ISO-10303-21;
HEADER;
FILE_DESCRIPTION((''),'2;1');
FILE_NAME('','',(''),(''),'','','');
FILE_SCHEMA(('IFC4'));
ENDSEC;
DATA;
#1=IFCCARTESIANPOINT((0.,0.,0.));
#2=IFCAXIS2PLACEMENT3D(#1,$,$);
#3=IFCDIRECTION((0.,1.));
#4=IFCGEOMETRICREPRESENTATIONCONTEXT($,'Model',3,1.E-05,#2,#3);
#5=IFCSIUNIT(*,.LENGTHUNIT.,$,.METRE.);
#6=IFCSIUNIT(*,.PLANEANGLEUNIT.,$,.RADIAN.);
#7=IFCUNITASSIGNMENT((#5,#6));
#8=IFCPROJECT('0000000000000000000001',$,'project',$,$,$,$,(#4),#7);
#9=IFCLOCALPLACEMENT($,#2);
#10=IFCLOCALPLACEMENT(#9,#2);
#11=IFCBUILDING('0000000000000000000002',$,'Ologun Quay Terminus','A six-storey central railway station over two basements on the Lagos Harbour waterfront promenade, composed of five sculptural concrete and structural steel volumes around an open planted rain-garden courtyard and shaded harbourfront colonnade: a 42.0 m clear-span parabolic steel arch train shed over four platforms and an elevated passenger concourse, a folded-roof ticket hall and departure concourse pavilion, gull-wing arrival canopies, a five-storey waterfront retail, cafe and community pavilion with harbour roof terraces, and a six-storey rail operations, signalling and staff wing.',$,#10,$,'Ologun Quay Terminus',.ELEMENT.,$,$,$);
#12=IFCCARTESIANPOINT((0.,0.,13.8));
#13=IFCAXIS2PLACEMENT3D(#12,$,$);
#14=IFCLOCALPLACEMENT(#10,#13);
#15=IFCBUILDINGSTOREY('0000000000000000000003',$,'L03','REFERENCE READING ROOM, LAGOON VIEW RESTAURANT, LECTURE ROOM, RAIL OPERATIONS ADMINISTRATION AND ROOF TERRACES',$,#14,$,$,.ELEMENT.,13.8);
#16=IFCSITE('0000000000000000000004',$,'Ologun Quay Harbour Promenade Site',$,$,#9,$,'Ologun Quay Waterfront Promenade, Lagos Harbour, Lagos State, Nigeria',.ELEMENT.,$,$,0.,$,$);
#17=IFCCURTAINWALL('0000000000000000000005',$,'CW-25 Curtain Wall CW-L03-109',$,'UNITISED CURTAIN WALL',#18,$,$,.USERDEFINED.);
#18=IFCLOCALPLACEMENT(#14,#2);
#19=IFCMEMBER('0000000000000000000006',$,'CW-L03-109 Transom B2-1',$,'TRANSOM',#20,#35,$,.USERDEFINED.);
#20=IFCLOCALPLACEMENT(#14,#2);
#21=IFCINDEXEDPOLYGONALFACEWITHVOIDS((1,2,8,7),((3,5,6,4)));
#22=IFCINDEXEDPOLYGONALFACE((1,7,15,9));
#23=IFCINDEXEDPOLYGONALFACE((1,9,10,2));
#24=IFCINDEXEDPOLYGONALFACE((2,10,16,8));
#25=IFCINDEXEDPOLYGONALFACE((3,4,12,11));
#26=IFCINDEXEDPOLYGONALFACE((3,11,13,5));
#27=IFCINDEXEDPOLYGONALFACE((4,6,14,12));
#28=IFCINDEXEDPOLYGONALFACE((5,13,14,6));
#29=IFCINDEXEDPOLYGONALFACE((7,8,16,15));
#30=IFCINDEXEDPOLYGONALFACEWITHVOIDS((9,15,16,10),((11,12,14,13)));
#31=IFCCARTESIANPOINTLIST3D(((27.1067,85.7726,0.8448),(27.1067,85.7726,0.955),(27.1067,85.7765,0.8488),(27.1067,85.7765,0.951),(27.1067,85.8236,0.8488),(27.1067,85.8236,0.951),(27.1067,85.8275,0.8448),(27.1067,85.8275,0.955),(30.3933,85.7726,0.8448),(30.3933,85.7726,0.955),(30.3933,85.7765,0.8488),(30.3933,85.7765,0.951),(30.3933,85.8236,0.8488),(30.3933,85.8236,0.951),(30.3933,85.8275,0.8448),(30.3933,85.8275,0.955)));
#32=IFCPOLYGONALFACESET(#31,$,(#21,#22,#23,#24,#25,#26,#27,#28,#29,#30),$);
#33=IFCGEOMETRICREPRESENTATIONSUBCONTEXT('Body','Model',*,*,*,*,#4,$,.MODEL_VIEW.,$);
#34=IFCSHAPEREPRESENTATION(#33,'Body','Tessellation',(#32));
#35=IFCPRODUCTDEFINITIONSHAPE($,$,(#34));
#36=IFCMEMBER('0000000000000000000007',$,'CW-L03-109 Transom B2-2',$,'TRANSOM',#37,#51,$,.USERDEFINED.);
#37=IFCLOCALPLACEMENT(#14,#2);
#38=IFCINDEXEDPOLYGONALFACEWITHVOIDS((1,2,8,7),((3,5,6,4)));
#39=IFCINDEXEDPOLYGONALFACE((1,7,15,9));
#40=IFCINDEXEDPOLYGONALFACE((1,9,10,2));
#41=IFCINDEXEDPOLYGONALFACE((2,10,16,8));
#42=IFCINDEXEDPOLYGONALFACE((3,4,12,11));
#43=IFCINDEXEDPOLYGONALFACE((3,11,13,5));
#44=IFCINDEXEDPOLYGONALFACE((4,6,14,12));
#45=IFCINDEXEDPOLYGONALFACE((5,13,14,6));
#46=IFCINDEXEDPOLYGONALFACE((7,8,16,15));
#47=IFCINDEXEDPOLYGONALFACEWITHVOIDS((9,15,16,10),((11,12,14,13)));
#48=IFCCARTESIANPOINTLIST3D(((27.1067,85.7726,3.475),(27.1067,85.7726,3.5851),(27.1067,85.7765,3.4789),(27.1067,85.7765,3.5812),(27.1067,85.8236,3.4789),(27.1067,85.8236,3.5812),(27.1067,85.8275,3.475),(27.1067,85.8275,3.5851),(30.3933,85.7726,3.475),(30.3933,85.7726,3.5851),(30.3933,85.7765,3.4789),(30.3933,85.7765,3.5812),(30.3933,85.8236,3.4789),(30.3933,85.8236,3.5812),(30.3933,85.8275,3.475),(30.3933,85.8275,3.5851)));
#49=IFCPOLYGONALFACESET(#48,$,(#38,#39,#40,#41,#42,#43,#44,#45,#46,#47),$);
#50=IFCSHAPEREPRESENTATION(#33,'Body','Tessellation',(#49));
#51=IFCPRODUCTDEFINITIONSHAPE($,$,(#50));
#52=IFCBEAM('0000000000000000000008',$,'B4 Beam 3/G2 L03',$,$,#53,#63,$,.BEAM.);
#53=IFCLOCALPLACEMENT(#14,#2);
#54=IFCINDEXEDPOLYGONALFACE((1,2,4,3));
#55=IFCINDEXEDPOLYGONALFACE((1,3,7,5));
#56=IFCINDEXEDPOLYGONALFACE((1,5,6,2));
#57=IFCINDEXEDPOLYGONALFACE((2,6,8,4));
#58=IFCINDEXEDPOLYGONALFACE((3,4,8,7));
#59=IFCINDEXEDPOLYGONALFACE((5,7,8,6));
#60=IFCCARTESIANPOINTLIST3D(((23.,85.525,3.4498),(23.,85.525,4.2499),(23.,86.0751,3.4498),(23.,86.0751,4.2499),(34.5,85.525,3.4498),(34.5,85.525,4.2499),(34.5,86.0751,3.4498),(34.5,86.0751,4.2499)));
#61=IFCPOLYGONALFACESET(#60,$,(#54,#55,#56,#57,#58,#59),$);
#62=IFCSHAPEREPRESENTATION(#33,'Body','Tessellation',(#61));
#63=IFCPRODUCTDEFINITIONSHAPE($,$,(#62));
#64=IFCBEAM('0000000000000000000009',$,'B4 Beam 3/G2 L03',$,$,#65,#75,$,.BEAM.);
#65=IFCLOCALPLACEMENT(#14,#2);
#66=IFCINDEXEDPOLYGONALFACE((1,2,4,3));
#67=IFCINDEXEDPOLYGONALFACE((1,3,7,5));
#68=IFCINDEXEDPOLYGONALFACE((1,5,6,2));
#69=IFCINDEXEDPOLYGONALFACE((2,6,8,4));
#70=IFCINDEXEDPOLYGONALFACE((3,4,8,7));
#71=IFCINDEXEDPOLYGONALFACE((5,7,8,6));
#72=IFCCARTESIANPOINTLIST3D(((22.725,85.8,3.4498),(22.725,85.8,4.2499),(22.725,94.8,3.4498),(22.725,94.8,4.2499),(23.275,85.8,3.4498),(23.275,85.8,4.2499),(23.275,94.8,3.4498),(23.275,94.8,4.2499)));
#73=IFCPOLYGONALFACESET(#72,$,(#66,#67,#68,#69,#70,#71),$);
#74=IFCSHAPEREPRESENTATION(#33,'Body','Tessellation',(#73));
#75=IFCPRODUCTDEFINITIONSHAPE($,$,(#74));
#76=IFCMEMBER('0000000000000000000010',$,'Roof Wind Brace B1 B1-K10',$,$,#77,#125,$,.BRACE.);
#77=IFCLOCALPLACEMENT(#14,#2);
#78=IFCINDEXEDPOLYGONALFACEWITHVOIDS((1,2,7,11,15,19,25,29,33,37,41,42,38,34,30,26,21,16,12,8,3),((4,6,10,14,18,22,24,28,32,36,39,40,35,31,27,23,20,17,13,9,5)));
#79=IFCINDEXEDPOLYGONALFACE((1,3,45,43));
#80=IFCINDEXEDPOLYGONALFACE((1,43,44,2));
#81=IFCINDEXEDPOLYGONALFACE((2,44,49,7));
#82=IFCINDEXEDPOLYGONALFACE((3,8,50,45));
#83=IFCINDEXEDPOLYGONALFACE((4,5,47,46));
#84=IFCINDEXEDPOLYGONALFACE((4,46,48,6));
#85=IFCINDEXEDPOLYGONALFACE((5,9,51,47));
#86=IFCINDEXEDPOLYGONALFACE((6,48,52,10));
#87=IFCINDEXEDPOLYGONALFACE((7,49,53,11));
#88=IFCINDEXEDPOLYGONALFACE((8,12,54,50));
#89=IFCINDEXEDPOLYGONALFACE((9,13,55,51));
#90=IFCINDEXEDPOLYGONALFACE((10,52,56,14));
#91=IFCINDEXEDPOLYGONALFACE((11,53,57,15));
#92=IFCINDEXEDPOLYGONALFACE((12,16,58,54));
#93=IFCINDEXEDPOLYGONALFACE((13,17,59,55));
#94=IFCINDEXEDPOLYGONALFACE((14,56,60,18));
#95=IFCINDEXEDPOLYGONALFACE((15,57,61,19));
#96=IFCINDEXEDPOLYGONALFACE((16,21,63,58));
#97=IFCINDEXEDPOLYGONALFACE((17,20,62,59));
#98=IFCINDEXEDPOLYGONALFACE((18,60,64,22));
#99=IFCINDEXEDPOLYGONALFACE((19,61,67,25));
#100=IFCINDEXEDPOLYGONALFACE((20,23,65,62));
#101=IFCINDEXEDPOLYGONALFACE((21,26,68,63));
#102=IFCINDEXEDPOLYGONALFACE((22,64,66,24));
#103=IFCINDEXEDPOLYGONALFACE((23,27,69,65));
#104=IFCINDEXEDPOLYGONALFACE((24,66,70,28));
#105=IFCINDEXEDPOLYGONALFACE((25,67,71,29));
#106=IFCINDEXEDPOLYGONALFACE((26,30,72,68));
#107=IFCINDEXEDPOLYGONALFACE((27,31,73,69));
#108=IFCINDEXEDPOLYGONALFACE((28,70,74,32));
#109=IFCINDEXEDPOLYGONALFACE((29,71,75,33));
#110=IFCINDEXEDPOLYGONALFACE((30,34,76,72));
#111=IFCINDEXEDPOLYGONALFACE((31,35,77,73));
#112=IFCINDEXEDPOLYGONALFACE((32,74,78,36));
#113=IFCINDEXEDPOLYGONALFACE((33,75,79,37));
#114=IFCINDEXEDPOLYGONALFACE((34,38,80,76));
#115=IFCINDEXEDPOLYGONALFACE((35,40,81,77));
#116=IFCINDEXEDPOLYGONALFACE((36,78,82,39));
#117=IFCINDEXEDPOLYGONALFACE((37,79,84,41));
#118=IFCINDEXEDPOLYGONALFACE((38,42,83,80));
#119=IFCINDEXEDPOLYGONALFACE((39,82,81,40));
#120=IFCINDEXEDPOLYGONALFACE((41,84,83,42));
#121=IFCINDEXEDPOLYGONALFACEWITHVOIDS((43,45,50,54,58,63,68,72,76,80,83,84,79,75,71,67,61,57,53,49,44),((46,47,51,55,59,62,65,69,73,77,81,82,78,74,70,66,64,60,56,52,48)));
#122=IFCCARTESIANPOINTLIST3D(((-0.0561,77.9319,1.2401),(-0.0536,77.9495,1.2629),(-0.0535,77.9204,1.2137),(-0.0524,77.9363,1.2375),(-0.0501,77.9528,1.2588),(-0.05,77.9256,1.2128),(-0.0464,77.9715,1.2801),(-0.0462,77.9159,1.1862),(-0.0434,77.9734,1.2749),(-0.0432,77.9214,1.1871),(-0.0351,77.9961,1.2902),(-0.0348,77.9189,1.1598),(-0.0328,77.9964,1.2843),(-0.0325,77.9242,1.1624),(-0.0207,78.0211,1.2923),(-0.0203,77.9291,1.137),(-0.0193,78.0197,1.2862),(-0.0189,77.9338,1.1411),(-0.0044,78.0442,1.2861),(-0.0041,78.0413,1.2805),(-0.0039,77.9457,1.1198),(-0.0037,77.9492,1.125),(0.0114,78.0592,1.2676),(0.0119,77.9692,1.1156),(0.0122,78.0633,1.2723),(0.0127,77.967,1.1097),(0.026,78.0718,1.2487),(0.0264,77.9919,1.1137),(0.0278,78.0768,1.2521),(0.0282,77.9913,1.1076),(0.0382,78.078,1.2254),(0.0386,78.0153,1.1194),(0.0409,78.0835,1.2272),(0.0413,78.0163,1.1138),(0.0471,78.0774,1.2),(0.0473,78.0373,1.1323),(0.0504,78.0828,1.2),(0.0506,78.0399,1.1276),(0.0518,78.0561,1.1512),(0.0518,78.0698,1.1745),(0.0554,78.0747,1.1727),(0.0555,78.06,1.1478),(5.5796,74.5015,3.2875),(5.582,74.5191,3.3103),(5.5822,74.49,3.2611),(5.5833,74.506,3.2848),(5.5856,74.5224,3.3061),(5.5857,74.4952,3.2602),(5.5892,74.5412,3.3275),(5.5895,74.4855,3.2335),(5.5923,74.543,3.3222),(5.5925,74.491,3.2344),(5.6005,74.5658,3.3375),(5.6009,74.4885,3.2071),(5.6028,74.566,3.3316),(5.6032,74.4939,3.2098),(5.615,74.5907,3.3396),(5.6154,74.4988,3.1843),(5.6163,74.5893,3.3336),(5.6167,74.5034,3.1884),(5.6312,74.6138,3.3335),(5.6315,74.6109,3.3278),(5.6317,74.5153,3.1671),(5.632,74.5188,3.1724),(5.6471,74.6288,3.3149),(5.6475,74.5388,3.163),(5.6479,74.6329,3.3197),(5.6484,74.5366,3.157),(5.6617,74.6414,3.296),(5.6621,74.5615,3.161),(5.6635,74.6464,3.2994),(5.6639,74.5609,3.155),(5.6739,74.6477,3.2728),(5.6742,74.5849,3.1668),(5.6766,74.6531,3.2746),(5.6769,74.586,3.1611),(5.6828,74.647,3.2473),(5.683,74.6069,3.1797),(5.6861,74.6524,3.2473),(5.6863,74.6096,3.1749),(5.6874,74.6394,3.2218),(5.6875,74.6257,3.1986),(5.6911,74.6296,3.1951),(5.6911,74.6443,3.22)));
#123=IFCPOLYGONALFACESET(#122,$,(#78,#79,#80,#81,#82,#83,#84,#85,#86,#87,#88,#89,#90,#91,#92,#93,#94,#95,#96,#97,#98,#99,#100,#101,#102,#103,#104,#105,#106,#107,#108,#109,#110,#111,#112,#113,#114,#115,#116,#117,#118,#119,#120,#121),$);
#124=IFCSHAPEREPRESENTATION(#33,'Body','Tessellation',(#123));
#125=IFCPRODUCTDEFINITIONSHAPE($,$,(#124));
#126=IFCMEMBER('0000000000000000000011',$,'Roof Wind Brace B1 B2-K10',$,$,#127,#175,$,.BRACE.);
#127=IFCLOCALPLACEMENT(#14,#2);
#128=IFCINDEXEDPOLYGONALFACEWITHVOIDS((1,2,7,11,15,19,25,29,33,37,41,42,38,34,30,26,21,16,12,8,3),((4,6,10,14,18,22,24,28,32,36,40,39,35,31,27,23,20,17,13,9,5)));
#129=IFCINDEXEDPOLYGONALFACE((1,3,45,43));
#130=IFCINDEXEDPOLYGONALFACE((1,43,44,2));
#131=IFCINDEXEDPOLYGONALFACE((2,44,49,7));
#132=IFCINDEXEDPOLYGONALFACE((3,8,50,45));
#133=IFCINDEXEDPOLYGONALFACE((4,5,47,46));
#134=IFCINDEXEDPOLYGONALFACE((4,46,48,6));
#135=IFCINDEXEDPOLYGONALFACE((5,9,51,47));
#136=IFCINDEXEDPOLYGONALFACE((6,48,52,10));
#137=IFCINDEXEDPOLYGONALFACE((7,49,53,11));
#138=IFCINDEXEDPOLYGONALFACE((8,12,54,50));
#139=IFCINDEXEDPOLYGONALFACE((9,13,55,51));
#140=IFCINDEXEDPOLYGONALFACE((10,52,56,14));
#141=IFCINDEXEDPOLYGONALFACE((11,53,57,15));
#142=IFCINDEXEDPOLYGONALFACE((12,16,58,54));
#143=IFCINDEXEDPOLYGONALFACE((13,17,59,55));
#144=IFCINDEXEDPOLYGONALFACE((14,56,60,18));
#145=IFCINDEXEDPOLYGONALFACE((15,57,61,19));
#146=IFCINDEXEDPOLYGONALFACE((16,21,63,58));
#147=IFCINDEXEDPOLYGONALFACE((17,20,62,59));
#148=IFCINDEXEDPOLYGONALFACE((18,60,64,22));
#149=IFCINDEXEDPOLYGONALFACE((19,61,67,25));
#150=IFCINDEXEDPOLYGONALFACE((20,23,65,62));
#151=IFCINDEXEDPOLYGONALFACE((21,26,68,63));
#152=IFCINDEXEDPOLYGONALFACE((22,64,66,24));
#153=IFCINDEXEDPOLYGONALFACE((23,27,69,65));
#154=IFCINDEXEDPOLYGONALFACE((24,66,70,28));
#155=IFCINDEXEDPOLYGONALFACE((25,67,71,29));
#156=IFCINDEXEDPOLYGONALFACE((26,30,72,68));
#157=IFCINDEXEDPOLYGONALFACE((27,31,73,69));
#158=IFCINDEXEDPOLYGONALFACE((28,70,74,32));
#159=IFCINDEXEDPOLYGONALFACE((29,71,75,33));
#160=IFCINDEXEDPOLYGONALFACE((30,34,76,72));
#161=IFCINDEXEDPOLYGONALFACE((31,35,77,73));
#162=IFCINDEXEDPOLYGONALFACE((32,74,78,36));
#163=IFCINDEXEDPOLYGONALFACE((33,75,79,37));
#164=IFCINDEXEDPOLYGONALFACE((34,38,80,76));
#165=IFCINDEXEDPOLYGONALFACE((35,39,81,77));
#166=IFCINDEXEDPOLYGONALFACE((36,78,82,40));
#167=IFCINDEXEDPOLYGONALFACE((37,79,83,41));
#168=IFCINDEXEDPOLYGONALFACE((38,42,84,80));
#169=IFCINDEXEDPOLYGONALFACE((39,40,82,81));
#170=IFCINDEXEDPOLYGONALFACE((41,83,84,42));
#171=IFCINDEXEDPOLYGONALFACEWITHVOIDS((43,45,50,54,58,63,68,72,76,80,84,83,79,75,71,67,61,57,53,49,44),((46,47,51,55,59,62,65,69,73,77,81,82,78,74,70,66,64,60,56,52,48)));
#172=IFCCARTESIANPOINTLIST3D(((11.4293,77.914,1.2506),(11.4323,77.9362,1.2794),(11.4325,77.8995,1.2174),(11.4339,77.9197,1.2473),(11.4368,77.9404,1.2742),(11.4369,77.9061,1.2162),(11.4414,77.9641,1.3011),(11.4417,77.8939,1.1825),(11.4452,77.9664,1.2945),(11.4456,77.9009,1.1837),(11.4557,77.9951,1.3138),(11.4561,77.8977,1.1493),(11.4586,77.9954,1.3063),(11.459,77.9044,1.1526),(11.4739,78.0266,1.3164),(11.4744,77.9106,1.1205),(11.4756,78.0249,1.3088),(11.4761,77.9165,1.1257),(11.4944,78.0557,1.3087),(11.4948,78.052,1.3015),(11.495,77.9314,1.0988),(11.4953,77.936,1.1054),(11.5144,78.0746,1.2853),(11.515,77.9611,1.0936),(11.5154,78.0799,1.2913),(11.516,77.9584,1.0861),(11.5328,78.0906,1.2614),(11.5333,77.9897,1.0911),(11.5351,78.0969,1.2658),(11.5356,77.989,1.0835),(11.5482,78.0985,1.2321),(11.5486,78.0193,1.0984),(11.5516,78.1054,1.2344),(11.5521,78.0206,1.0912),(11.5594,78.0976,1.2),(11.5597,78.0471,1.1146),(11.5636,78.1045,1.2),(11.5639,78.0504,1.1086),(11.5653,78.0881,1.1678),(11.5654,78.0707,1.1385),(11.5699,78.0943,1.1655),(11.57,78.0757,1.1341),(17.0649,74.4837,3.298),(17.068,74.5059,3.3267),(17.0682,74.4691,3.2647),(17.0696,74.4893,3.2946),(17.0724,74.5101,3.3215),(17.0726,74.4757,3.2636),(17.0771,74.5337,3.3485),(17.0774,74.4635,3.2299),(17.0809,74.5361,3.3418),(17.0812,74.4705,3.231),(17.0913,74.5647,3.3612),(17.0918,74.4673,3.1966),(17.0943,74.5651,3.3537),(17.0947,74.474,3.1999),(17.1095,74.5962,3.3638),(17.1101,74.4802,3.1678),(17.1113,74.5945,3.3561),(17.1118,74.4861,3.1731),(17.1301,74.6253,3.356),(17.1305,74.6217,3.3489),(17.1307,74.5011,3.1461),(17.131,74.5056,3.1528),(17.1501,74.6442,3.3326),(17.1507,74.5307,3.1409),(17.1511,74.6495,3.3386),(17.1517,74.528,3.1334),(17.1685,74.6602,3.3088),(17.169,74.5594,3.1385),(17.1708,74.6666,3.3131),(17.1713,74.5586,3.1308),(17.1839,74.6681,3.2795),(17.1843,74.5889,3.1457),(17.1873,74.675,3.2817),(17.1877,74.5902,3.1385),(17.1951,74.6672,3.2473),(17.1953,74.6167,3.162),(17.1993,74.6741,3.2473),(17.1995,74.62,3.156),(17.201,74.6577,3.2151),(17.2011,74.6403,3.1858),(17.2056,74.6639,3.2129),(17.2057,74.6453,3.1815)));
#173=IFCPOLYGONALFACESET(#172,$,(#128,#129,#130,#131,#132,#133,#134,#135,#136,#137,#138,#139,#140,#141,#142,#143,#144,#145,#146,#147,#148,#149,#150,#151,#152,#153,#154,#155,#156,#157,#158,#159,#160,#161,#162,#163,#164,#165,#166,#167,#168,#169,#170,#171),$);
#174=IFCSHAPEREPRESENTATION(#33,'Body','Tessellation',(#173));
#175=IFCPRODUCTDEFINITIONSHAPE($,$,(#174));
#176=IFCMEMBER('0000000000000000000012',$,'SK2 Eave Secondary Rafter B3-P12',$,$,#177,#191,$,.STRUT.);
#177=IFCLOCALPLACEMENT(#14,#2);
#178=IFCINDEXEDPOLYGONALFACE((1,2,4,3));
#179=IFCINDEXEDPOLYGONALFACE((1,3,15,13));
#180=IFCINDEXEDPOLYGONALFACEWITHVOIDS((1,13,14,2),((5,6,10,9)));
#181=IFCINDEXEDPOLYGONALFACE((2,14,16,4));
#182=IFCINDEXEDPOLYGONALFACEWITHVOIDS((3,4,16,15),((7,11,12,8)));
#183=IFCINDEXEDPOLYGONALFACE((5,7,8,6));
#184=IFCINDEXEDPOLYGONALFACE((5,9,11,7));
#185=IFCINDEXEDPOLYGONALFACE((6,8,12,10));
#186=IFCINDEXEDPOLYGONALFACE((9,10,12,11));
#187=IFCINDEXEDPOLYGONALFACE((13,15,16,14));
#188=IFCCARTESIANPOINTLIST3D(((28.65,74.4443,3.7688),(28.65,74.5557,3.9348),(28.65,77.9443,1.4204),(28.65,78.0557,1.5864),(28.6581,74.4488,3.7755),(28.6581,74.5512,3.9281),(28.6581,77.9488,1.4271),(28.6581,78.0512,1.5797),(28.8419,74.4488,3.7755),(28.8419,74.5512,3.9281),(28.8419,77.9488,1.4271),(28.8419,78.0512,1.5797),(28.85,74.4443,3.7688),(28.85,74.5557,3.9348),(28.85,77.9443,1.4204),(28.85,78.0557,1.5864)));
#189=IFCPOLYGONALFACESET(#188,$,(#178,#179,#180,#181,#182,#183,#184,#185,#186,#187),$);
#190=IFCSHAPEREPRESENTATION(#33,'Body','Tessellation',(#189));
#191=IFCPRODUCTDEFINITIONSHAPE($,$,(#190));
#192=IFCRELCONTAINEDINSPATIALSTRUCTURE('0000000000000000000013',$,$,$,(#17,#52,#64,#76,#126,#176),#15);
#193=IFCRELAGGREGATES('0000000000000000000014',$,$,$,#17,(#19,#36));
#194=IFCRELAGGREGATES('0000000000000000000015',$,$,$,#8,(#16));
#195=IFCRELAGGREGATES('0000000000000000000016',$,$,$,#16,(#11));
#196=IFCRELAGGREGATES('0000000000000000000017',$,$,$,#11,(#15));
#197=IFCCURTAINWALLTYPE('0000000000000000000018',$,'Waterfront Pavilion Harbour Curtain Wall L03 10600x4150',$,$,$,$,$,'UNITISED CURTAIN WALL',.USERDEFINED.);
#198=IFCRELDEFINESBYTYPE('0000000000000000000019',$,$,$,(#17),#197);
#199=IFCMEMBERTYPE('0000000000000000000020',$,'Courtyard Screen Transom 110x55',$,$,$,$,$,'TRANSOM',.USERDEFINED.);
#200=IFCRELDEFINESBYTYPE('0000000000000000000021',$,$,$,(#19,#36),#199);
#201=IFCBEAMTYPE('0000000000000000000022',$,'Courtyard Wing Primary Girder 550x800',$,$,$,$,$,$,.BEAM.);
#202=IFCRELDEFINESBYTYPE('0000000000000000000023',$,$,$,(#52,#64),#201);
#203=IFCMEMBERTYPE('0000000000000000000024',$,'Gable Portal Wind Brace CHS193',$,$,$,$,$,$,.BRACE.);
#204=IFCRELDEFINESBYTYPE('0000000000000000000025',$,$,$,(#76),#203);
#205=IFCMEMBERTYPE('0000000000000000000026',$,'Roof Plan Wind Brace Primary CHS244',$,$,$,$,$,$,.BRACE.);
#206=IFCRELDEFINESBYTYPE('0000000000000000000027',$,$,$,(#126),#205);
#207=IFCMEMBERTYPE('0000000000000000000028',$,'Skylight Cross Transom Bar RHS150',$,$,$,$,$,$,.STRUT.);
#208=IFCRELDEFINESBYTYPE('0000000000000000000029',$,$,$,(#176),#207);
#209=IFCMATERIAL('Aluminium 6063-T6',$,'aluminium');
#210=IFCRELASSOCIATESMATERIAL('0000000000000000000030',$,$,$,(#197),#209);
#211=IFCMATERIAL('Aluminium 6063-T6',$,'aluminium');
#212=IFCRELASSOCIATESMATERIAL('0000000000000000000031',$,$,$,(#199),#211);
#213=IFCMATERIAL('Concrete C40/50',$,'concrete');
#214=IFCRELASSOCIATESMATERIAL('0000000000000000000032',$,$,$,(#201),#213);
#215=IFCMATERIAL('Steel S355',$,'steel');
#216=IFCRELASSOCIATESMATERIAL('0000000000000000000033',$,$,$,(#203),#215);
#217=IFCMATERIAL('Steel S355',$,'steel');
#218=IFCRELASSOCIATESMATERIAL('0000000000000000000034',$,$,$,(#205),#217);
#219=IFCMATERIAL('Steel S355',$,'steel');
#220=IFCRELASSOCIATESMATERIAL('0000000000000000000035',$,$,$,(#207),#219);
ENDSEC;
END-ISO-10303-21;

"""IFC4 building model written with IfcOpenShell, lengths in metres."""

from ifc_helpers import new_model, si_unit, direction, frame, origin, origin_2d, place, context, subcontext, project, spatial, rectangle, hollow_rectangle, hollow_circle, extrude, material, material_profile, profile_set, type_object, element, aggregate, save


model = new_model("IFC4")

# Units and contexts
model_context = context("Model", 3, precision=1e-05, world=origin(), true_north=direction((0.0, 1.0)))
body_context = subcontext(model_context, "Body", "Model", "MODEL_VIEW")
ifc_project = project(units=[si_unit("LENGTHUNIT", "METRE"), si_unit("PLANEANGLEUNIT", "RADIAN")], contexts=[model_context])

# Site, building, storey
site_placement = place(None, origin())
site = spatial("IfcSite", under=ifc_project, at=site_placement, Name="Ologun Quay Harbour Promenade Site", LongName="Ologun Quay Waterfront Promenade, Lagos Harbour, Lagos State, Nigeria", CompositionType="ELEMENT", RefElevation=0.0)
building_placement = place(site_placement, origin())
building = spatial("IfcBuilding", under=site, at=building_placement, Name="Ologun Quay Terminus", Description="A six-storey central railway station over two basements on the Lagos Harbour waterfront promenade, composed of five sculptural concrete and structural steel volumes around an open planted rain-garden courtyard and shaded harbourfront colonnade: a 42.0 m clear-span parabolic steel arch train shed over four platforms and an elevated passenger concourse, a folded-roof ticket hall and departure concourse pavilion, gull-wing arrival canopies, a five-storey waterfront retail, cafe and community pavilion with harbour roof terraces, and a six-storey rail operations, signalling and staff wing.", LongName="Ologun Quay Terminus", CompositionType="ELEMENT")
storey_placement = place(building_placement, frame((0.0, 0.0, 13.8)))
storey = spatial("IfcBuildingStorey", under=building, at=storey_placement, Name="L03", Description="REFERENCE READING ROOM, LAGOON VIEW RESTAURANT, LECTURE ROOM, RAIL OPERATIONS ADMINISTRATION AND ROOF TERRACES", CompositionType="ELEMENT", Elevation=13.8)

# Curtain wall, members
ifc_material_1 = material(Name="Aluminium 6063-T6", Category="aluminium")
curtain_wall_type = type_object("IfcCurtainWallType", Name="Waterfront Pavilion Harbour Curtain Wall L03 10600x4150", ElementType="UNITISED CURTAIN WALL", PredefinedType="USERDEFINED", material=ifc_material_1)
curtain_wall_placement = place(storey_placement, origin())
curtain_wall = element("IfcCurtainWall", 1, at=curtain_wall_placement, inside=storey, type_object=curtain_wall_type, Name="CW-25 Curtain Wall CW-L03-109", ObjectType="UNITISED CURTAIN WALL", PredefinedType="USERDEFINED")
ifc_material_2 = material(Name="Aluminium 6063-T6", Category="aluminium")
ifc_material_profile_1 = material_profile(ifc_material_2, hollow_rectangle(XDim=0.0549, YDim=0.1101, WallThickness=0.0039, at=origin_2d()), Name="ALU 110x55x4")
ifc_profile_set_1 = profile_set([ifc_material_profile_1], Name="Aluminium 6063-T6")
member_type_1 = type_object("IfcMemberType", Name="Courtyard Screen Transom 110x55", ElementType="TRANSOM", PredefinedType="USERDEFINED", material=ifc_profile_set_1)
member_1_placement = place(storey_placement, frame((27.1067, 85.8, 0.8999), z_axis=(1.0, 0.0, 0.0), x_axis=(0.0, 1.0, 0.0)))
member_1 = element("IfcMember", 2, at=member_1_placement, type_object=member_type_1, Name="CW-L03-109 Transom B2-1", ObjectType="TRANSOM", PredefinedType="USERDEFINED", context=body_context, shape_type="SweptSolid", body=[
    extrude(hollow_rectangle(XDim=0.0549, YDim=0.1101, WallThickness=0.0039, at=origin_2d()), origin(), (0.0, 0.0, 1.0), 3.2866),
])
member_2_placement = place(storey_placement, frame((27.1067, 85.8, 3.53), z_axis=(1.0, 0.0, 0.0), x_axis=(0.0, 1.0, 0.0)))
member_2 = element("IfcMember", 3, at=member_2_placement, type_object=member_type_1, Name="CW-L03-109 Transom B2-2", ObjectType="TRANSOM", PredefinedType="USERDEFINED", context=body_context, shape_type="SweptSolid", body=[
    extrude(hollow_rectangle(XDim=0.0549, YDim=0.1101, WallThickness=0.0039, at=origin_2d()), origin(), (0.0, 0.0, 1.0), 3.2866),
])

# Beams
ifc_material_3 = material(Name="Concrete C40/50", Category="concrete")
ifc_material_profile_2 = material_profile(ifc_material_3, rectangle(XDim=0.55, YDim=0.8, at=origin_2d()), Name="RC 550x800")
ifc_profile_set_2 = profile_set([ifc_material_profile_2], Name="Concrete C40/50")
beam_type = type_object("IfcBeamType", Name="Courtyard Wing Primary Girder 550x800", PredefinedType="BEAM", material=ifc_profile_set_2)
beam_1_placement = place(storey_placement, frame((23.0, 85.8, 3.8499), z_axis=(1.0, 0.0, 0.0), x_axis=(0.0, 1.0, 0.0)))
element("IfcBeam", 4, at=beam_1_placement, inside=storey, type_object=beam_type, Name="B4 Beam 3/G2 L03", PredefinedType="BEAM", context=body_context, shape_type="SweptSolid", body=[
    extrude(rectangle(XDim=0.55, YDim=0.8, at=origin_2d()), origin(), (0.0, 0.0, 1.0), 11.5),
])
beam_2_placement = place(storey_placement, frame((23.0, 85.8, 3.8499), z_axis=(0.0, 1.0, 0.0), x_axis=(-1.0, 0.0, 0.0)))
element("IfcBeam", 5, at=beam_2_placement, inside=storey, type_object=beam_type, Name="B4 Beam 3/G2 L03", PredefinedType="BEAM", context=body_context, shape_type="SweptSolid", body=[
    extrude(rectangle(XDim=0.55, YDim=0.8, at=origin_2d()), origin(), (0.0, 0.0, 1.0), 9.0),
])

# Members
ifc_material_4 = material(Name="Steel S355", Category="steel")
ifc_material_profile_3 = material_profile(ifc_material_4, hollow_circle(Radius=0.0969, WallThickness=0.0063, at=origin_2d()), Name="CHS 193.7x6.3")
ifc_profile_set_3 = profile_set([ifc_material_profile_3], Name="Steel S355")
member_type_2 = type_object("IfcMemberType", Name="Gable Portal Wind Brace CHS193", PredefinedType="BRACE", material=ifc_profile_set_3)
member_3_placement = place(storey_placement, frame((0.0, 78.0, 1.2), z_axis=(0.815823, -0.496583, 0.296374), x_axis=(0.519943, 0.854201, 0.0)))
element("IfcMember", 6, at=member_3_placement, inside=storey, type_object=member_type_2, Name="Roof Wind Brace B1 B1-K10", PredefinedType="BRACE", context=body_context, shape_type="SweptSolid", body=[
    extrude(hollow_circle(Radius=0.0969, WallThickness=0.0063, at=origin_2d()), origin(), (0.0, 0.0, 1.0), 6.908),
])
ifc_material_5 = material(Name="Steel S355", Category="steel")
ifc_material_profile_4 = material_profile(ifc_material_5, hollow_circle(Radius=0.1223, WallThickness=0.0081, at=origin_2d()), Name="CHS 244.5x8")
ifc_profile_set_4 = profile_set([ifc_material_profile_4], Name="Steel S355")
member_type_3 = type_object("IfcMemberType", Name="Roof Plan Wind Brace Primary CHS244", PredefinedType="BRACE", material=ifc_profile_set_4)
member_4_placement = place(storey_placement, frame((11.5, 78.0, 1.2), z_axis=(0.815823, -0.496583, 0.296374), x_axis=(0.519943, 0.854201, 0.0)))
element("IfcMember", 7, at=member_4_placement, inside=storey, type_object=member_type_3, Name="Roof Wind Brace B1 B2-K10", PredefinedType="BRACE", context=body_context, shape_type="SweptSolid", body=[
    extrude(hollow_circle(Radius=0.1223, WallThickness=0.0081, at=origin_2d()), origin(), (0.0, 0.0, 1.0), 6.908),
])
ifc_material_6 = material(Name="Steel S355", Category="steel")
ifc_material_profile_5 = material_profile(ifc_material_6, hollow_rectangle(XDim=0.2, YDim=0.2, WallThickness=0.0081, at=origin_2d()), Name="SHS 200x200x8")
ifc_profile_set_5 = profile_set([ifc_material_profile_5], Name="Steel S355")
member_type_4 = type_object("IfcMemberType", Name="Skylight Cross Transom Bar RHS150", PredefinedType="STRUT", material=ifc_profile_set_5)
member_5_placement = place(storey_placement, frame((28.75, 74.5, 3.8518), z_axis=(0.0, 0.830398, -0.557171), x_axis=(-1.0, 0.0, 0.0)))
element("IfcMember", 8, at=member_5_placement, inside=storey, type_object=member_type_4, Name="SK2 Eave Secondary Rafter B3-P12", PredefinedType="STRUT", context=body_context, shape_type="SweptSolid", body=[
    extrude(hollow_rectangle(XDim=0.2, YDim=0.2, WallThickness=0.0081, at=origin_2d()), origin(), (0.0, 0.0, 1.0), 4.2148),
])

aggregate(curtain_wall, [member_1, member_2])

save(model, "model.ifc")
